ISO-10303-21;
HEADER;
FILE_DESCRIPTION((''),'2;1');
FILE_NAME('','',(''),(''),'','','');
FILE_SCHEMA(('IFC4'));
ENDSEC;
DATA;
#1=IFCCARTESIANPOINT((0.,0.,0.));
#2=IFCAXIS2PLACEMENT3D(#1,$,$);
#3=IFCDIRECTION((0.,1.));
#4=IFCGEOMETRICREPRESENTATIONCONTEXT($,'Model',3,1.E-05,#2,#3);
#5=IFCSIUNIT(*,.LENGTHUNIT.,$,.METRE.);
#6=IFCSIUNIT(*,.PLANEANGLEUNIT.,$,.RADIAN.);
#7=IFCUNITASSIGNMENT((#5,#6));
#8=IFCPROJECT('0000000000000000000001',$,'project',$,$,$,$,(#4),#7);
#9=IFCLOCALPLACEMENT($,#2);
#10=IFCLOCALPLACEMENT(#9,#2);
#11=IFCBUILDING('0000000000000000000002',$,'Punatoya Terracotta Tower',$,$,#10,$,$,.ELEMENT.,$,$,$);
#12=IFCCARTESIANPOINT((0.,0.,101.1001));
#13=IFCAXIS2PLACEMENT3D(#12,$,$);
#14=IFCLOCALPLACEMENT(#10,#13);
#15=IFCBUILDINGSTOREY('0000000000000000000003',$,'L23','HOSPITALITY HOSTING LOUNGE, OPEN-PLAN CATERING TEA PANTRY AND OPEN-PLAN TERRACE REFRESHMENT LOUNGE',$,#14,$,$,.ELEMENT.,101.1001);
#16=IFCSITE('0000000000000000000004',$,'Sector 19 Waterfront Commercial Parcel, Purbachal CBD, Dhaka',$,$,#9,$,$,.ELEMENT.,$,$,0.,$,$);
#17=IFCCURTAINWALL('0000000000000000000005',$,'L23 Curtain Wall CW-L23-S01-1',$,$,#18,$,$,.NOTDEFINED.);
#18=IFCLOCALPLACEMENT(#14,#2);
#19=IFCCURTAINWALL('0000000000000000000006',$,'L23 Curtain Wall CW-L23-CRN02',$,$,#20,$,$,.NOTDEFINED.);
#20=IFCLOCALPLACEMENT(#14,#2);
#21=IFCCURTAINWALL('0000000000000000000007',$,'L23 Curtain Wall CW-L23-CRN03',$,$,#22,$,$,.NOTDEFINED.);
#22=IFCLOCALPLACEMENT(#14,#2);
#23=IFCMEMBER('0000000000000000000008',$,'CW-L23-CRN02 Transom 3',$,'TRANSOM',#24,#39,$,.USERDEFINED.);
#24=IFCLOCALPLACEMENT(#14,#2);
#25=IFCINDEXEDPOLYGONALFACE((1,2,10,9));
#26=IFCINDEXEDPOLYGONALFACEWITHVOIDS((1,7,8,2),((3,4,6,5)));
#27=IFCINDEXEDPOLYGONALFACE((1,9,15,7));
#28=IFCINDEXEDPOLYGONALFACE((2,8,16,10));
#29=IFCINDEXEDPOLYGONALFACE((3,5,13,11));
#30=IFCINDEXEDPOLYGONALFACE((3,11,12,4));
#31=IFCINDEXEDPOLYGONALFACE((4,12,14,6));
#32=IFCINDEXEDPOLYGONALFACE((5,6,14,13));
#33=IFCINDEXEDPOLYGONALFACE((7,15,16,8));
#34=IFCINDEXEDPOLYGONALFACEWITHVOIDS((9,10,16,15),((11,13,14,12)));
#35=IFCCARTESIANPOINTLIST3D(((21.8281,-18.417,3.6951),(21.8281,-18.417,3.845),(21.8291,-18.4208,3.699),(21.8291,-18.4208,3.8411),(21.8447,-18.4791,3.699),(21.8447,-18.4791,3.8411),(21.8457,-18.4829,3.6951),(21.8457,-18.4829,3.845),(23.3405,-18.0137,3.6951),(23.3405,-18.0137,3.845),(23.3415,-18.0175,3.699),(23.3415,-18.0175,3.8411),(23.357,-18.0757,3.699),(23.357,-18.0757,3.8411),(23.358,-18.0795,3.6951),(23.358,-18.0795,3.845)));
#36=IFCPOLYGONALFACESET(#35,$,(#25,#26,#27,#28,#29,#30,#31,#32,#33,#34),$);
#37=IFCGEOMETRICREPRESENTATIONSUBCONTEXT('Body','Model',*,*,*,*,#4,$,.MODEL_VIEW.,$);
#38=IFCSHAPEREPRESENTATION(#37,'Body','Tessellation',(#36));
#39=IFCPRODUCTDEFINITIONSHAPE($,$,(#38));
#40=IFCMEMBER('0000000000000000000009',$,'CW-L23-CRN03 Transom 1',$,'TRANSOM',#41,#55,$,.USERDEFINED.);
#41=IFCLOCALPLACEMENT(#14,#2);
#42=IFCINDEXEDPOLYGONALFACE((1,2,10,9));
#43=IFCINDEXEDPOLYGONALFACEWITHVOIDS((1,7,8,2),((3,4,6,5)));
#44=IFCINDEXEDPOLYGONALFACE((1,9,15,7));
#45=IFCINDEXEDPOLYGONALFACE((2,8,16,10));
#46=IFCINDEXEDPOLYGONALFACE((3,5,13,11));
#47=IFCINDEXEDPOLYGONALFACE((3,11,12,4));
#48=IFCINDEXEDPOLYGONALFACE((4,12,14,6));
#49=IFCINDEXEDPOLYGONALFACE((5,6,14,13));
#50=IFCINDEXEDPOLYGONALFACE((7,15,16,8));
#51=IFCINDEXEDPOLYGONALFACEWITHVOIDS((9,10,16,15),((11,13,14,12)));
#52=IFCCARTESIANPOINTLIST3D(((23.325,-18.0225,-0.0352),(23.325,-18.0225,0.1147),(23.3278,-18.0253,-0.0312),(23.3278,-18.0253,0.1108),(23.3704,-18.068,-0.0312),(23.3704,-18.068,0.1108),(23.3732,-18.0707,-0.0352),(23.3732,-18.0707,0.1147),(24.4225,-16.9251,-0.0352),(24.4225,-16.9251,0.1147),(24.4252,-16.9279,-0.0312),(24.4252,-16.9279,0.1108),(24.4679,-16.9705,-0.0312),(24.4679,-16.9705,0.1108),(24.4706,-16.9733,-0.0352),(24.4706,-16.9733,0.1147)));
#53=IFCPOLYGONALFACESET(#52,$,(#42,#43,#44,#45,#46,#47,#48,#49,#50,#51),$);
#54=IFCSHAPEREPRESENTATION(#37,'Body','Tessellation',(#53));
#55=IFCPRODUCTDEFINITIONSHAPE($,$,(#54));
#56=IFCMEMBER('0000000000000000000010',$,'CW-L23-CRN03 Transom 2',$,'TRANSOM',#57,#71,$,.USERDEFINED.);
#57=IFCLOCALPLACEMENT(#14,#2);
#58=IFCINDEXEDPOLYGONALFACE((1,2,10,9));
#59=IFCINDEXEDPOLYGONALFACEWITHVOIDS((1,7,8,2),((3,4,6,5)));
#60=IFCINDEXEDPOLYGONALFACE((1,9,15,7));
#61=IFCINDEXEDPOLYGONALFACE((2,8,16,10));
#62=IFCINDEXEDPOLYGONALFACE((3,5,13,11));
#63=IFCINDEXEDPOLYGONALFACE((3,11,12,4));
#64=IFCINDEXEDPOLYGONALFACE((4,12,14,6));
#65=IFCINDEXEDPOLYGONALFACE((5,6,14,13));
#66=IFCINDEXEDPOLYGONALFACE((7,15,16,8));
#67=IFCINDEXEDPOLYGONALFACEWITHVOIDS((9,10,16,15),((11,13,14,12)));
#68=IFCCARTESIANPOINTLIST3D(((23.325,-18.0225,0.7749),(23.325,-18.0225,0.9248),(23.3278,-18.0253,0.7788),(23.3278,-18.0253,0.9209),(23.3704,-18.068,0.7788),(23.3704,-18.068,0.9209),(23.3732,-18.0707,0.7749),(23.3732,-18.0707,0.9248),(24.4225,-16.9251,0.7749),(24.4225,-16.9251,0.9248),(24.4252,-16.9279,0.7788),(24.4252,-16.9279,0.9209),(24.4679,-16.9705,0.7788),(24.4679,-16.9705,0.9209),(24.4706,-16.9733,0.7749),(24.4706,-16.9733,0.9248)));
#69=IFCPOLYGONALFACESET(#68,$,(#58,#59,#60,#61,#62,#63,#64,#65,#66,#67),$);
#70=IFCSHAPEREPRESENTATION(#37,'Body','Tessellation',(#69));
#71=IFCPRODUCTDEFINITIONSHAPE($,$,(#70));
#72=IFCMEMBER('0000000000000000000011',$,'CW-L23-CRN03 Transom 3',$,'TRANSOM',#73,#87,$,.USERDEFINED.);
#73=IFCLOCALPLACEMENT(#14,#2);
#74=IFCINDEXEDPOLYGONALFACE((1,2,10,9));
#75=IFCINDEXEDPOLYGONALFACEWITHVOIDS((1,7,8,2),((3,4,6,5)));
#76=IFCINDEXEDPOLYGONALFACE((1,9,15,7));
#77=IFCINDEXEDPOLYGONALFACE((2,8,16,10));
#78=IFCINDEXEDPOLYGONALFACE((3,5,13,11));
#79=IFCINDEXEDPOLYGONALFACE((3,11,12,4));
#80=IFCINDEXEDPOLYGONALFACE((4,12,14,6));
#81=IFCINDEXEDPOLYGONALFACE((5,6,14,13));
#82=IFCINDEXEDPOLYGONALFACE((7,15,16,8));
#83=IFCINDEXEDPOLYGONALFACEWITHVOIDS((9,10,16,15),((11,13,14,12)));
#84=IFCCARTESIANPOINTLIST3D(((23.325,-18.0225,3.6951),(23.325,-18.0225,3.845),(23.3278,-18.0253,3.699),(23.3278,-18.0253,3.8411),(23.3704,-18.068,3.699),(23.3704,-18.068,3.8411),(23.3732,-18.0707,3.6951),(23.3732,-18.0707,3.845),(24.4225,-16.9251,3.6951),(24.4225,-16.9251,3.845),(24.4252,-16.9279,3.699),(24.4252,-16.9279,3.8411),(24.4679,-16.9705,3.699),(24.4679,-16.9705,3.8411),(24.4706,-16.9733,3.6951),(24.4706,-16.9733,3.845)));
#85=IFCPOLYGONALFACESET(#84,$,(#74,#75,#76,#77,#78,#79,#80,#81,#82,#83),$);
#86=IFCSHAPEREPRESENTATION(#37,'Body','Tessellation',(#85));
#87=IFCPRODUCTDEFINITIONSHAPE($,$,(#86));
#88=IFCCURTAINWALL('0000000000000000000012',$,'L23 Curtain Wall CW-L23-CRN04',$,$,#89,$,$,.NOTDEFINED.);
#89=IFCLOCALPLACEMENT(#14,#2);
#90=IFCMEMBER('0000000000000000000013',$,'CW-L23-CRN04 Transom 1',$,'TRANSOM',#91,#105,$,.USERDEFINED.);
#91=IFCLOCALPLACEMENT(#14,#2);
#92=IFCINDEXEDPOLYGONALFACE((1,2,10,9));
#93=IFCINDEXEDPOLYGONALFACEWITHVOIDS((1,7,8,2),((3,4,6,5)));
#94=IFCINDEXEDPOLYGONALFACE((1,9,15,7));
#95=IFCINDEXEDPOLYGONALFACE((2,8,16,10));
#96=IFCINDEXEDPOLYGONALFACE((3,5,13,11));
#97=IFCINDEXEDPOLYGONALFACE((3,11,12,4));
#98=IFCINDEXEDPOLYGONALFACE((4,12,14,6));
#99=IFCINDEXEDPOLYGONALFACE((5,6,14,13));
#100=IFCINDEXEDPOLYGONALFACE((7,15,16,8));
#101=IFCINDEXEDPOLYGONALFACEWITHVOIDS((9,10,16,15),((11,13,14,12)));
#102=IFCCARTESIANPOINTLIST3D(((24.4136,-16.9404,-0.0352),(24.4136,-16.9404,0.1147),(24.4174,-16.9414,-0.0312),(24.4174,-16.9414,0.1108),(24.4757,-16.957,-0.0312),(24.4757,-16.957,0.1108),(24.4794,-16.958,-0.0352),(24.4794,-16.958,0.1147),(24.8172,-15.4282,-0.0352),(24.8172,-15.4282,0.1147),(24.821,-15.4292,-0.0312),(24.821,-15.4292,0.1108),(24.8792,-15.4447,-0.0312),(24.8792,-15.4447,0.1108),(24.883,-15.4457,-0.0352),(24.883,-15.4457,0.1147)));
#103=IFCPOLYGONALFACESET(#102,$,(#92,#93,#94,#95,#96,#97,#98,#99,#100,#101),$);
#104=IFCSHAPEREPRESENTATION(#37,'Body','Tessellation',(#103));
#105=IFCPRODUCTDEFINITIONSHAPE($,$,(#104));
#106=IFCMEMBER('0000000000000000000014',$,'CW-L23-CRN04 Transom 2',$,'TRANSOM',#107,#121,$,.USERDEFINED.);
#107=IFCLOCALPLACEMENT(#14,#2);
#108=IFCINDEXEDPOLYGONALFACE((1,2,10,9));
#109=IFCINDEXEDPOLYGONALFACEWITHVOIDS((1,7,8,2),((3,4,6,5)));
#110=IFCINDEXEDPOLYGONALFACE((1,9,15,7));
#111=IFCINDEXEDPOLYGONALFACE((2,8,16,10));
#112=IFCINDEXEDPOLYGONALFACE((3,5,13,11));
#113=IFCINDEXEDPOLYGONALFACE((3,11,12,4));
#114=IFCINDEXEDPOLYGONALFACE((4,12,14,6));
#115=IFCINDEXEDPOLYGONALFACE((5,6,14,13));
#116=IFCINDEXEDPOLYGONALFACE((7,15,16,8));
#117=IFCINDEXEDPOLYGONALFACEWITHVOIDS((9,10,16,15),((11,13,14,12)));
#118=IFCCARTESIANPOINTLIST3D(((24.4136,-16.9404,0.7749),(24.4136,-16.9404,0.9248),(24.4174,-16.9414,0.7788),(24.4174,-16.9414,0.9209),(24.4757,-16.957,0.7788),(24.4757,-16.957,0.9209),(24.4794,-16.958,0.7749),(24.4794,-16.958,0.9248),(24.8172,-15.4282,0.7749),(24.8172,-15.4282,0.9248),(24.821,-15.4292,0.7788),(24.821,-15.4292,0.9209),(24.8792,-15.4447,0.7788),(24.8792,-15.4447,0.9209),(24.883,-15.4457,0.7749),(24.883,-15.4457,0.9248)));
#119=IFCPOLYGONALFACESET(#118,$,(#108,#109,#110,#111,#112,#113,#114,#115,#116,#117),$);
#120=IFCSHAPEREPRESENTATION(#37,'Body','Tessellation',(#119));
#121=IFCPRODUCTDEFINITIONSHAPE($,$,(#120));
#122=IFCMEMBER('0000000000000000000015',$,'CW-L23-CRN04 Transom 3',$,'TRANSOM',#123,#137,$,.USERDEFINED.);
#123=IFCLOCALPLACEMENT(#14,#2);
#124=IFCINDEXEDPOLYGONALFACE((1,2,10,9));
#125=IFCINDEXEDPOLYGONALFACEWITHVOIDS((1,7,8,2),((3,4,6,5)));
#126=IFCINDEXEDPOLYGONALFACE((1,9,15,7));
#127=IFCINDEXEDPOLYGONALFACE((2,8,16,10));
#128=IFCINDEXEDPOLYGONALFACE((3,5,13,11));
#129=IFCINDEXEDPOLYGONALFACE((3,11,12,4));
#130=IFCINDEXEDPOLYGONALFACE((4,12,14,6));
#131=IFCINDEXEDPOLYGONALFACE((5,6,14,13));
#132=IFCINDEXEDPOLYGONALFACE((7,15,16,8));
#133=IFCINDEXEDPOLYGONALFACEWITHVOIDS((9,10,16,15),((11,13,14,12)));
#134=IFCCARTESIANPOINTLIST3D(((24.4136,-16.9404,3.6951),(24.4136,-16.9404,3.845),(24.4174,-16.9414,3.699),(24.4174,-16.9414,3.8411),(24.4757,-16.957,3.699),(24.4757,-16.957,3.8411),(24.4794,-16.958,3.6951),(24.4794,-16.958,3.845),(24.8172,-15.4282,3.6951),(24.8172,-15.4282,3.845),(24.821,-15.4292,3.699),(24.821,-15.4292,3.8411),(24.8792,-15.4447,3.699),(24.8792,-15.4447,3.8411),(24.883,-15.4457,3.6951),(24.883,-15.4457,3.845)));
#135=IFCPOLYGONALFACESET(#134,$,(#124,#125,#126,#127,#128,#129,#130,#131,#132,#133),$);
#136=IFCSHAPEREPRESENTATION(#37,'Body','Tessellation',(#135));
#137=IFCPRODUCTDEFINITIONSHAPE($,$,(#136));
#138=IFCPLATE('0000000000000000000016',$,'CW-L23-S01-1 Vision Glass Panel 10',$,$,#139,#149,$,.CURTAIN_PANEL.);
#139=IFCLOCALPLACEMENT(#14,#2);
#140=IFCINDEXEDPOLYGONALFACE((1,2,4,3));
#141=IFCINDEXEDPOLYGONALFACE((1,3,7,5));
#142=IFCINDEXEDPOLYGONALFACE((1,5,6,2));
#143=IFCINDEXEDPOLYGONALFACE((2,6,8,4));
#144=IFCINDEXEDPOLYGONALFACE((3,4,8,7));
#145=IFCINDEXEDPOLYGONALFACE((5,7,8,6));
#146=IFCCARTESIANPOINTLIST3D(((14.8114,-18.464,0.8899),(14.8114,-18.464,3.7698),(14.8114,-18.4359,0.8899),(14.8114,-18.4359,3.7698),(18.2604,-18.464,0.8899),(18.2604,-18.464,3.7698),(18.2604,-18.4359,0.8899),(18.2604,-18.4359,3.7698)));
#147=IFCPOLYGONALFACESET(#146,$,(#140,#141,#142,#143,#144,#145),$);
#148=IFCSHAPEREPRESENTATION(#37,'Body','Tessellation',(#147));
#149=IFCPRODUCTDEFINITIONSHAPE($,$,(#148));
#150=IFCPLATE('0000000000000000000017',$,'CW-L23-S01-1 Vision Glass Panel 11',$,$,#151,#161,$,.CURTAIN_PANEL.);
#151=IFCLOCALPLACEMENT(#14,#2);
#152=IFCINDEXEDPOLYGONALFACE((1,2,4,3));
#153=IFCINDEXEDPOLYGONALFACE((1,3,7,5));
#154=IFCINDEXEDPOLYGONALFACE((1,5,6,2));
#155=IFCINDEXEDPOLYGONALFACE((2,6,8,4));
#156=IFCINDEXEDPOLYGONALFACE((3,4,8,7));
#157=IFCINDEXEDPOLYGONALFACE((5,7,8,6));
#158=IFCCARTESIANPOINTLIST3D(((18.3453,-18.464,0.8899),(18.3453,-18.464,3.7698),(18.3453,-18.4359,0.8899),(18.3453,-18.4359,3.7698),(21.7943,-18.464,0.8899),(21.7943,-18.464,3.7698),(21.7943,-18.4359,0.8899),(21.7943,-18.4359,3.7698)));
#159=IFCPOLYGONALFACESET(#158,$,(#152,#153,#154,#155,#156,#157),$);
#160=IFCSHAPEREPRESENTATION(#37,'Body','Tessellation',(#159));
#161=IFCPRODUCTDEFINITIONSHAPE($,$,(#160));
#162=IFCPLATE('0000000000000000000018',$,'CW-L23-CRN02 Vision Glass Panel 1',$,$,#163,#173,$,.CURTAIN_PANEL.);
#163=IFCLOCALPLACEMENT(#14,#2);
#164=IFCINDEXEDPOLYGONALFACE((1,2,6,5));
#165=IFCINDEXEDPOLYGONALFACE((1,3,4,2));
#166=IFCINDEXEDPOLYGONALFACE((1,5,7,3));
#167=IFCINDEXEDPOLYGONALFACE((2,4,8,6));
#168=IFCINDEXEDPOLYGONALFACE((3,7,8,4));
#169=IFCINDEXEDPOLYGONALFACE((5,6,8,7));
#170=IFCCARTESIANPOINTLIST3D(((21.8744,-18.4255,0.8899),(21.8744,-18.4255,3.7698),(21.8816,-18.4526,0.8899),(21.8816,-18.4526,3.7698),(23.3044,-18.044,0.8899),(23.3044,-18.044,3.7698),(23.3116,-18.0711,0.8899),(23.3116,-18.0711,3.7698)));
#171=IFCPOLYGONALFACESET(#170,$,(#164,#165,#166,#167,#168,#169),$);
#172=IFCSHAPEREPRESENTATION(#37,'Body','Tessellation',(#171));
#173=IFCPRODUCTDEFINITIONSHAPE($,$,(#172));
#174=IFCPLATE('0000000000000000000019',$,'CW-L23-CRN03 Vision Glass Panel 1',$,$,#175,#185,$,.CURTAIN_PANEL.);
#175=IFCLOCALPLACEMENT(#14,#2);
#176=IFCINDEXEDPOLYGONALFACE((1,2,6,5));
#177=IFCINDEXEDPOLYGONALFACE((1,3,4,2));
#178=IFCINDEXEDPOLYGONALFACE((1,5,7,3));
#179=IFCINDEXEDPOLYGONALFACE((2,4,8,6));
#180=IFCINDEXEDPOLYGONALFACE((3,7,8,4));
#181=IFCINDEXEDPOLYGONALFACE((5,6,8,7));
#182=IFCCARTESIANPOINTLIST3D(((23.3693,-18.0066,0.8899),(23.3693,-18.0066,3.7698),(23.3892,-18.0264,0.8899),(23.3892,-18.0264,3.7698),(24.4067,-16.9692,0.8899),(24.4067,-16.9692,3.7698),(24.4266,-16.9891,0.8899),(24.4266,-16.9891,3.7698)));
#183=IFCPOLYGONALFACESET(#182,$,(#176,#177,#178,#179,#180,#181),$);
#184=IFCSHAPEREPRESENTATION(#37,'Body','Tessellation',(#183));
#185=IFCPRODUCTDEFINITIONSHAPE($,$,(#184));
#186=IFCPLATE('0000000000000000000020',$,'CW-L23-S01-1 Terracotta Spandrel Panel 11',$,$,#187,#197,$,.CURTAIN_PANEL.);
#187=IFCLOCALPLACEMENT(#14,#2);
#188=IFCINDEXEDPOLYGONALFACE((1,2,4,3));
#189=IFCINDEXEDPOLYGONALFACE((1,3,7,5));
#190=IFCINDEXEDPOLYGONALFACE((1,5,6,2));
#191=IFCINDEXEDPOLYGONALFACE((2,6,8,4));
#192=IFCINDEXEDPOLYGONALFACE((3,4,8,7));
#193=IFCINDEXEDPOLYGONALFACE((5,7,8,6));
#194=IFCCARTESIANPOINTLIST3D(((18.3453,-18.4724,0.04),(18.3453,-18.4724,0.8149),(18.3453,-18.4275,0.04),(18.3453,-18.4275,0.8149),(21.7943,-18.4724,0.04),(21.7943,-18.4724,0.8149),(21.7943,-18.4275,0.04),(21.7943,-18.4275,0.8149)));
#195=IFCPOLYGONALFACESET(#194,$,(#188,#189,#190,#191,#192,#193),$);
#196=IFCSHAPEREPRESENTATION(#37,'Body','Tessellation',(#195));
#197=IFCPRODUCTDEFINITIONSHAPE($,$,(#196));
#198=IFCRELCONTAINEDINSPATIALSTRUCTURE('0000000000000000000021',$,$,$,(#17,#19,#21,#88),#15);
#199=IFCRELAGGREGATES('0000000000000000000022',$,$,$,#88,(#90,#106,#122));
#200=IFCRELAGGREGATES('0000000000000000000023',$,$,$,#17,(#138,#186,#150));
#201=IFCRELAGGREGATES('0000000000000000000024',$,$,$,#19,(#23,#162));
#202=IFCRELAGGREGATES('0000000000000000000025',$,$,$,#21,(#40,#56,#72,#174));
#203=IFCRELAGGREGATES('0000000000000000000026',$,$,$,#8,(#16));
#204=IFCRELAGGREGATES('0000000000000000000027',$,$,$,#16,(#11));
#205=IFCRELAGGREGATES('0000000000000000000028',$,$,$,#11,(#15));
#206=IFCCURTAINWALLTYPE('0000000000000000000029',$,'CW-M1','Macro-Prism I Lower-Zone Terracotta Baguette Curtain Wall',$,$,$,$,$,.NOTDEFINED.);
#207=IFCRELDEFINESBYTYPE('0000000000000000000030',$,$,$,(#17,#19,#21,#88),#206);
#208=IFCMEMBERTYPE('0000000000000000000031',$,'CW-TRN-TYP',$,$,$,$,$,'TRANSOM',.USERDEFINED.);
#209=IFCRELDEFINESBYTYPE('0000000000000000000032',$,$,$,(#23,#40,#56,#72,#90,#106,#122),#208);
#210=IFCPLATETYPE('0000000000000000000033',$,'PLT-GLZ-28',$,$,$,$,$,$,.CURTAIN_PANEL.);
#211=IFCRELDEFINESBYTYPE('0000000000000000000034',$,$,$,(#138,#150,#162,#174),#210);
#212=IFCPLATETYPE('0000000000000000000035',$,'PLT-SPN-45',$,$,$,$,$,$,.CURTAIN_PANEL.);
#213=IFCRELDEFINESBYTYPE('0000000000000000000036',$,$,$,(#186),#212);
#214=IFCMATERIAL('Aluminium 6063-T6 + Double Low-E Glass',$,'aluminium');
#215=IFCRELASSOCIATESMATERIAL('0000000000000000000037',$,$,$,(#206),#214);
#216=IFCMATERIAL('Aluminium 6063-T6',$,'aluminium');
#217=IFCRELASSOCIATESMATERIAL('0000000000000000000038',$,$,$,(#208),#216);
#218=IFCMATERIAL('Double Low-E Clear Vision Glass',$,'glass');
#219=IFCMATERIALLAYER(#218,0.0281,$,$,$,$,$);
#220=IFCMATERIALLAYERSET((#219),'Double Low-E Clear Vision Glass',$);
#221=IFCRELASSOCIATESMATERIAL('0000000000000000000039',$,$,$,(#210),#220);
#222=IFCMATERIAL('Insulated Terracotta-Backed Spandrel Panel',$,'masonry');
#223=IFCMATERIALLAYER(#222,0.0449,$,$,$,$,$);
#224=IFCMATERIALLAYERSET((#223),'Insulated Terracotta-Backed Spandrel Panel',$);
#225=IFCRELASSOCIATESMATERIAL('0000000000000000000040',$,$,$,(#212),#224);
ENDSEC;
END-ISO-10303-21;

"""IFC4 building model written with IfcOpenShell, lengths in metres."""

from ifc_helpers import new_model, si_unit, direction, frame, origin, origin_2d, place, context, subcontext, project, spatial, rectangle, hollow_rectangle, extrude, material, layer, layer_set, material_profile, profile_set, type_object, element, aggregate, save


model = new_model("IFC4")

# Units and contexts
model_context = context("Model", 3, precision=1e-05, world=origin(), true_north=direction((0.0, 1.0)))
body_context = subcontext(model_context, "Body", "Model", "MODEL_VIEW")
ifc_project = project(units=[si_unit("LENGTHUNIT", "METRE"), si_unit("PLANEANGLEUNIT", "RADIAN")], contexts=[model_context])

# Site, building, storey
site_placement = place(None, origin())
site = spatial("IfcSite", under=ifc_project, at=site_placement, Name="Sector 19 Waterfront Commercial Parcel, Purbachal CBD, Dhaka", CompositionType="ELEMENT", RefElevation=0.0)
building_placement = place(site_placement, origin())
building = spatial("IfcBuilding", under=site, at=building_placement, Name="Punatoya Terracotta Tower", CompositionType="ELEMENT")
storey_placement = place(building_placement, frame((0.0, 0.0, 101.1001)))
storey = spatial("IfcBuildingStorey", under=building, at=storey_placement, Name="L23", Description="HOSPITALITY HOSTING LOUNGE, OPEN-PLAN CATERING TEA PANTRY AND OPEN-PLAN TERRACE REFRESHMENT LOUNGE", CompositionType="ELEMENT", Elevation=101.1001)

# Curtain walls
ifc_material_1 = material(Name="Aluminium 6063-T6 + Double Low-E Glass", Category="aluminium")
curtain_wall_type = type_object("IfcCurtainWallType", Name="CW-M1", Description="Macro-Prism I Lower-Zone Terracotta Baguette Curtain Wall", PredefinedType="NOTDEFINED", material=ifc_material_1)
curtain_wall_1_placement = place(storey_placement, origin())
curtain_wall_1 = element("IfcCurtainWall", 1, at=curtain_wall_1_placement, inside=storey, type_object=curtain_wall_type, Name="L23 Curtain Wall CW-L23-S01-1", PredefinedType="NOTDEFINED")
ifc_material_2 = material(Name="Aluminium 6063-T6", Category="aluminium")
curtain_wall_2_placement = place(storey_placement, origin())
curtain_wall_2 = element("IfcCurtainWall", 2, at=curtain_wall_2_placement, inside=storey, type_object=curtain_wall_type, Name="L23 Curtain Wall CW-L23-CRN02", PredefinedType="NOTDEFINED")
curtain_wall_3_placement = place(storey_placement, origin())
curtain_wall_3 = element("IfcCurtainWall", 3, at=curtain_wall_3_placement, inside=storey, type_object=curtain_wall_type, Name="L23 Curtain Wall CW-L23-CRN03", PredefinedType="NOTDEFINED")

# Members
ifc_material_profile_1 = material_profile(ifc_material_2, hollow_rectangle(XDim=0.0681, YDim=0.1499, WallThickness=0.0039, at=origin_2d()))
ifc_profile_set_1 = profile_set([ifc_material_profile_1], Name="Aluminium 6063-T6")
member_type_1 = type_object("IfcMemberType", Name="CW-TRN-TYP", ElementType="TRANSOM", PredefinedType="USERDEFINED", material=ifc_profile_set_1)
member_1_placement = place(storey_placement, frame((21.8369, -18.45, 3.77), z_axis=(0.966225, 0.257701, 0.0), x_axis=(-0.257701, 0.966225, 0.0)))
member_1 = element("IfcMember", 4, at=member_1_placement, type_object=member_type_1, Name="CW-L23-CRN02 Transom 3", ObjectType="TRANSOM", PredefinedType="USERDEFINED", context=body_context, shape_type="SweptSolid", body=[
    extrude(hollow_rectangle(XDim=0.0681, YDim=0.1499, WallThickness=0.0039, at=origin_2d()), origin(), (0.0, 0.0, 1.0), 1.5652),
])
member_2_placement = place(storey_placement, frame((23.3491, -18.0466, 0.0398), z_axis=(0.707107, 0.707107, 0.0), x_axis=(-0.707107, 0.707107, 0.0)))
member_2 = element("IfcMember", 5, at=member_2_placement, type_object=member_type_1, Name="CW-L23-CRN03 Transom 1", ObjectType="TRANSOM", PredefinedType="USERDEFINED", context=body_context, shape_type="SweptSolid", body=[
    extrude(hollow_rectangle(XDim=0.0681, YDim=0.1499, WallThickness=0.0039, at=origin_2d()), origin(), (0.0, 0.0, 1.0), 1.552),
])
member_3_placement = place(storey_placement, frame((23.3491, -18.0466, 0.8499), z_axis=(0.707107, 0.707107, 0.0), x_axis=(-0.707107, 0.707107, 0.0)))
member_3 = element("IfcMember", 6, at=member_3_placement, type_object=member_type_1, Name="CW-L23-CRN03 Transom 2", ObjectType="TRANSOM", PredefinedType="USERDEFINED", context=body_context, shape_type="SweptSolid", body=[
    extrude(hollow_rectangle(XDim=0.0681, YDim=0.1499, WallThickness=0.0039, at=origin_2d()), origin(), (0.0, 0.0, 1.0), 1.552),
])
member_4_placement = place(storey_placement, frame((23.3491, -18.0466, 3.77), z_axis=(0.707107, 0.707107, 0.0), x_axis=(-0.707107, 0.707107, 0.0)))
member_4 = element("IfcMember", 7, at=member_4_placement, type_object=member_type_1, Name="CW-L23-CRN03 Transom 3", ObjectType="TRANSOM", PredefinedType="USERDEFINED", context=body_context, shape_type="SweptSolid", body=[
    extrude(hollow_rectangle(XDim=0.0681, YDim=0.1499, WallThickness=0.0039, at=origin_2d()), origin(), (0.0, 0.0, 1.0), 1.552),
])

# Curtain wall, members
curtain_wall_4_placement = place(storey_placement, origin())
curtain_wall_4 = element("IfcCurtainWall", 8, at=curtain_wall_4_placement, inside=storey, type_object=curtain_wall_type, Name="L23 Curtain Wall CW-L23-CRN04", PredefinedType="NOTDEFINED")
member_5_placement = place(storey_placement, frame((24.4465, -16.9492, 0.0398), z_axis=(0.257847, 0.966186, 0.0), x_axis=(-0.966186, 0.257847, 0.0)))
member_5 = element("IfcMember", 9, at=member_5_placement, type_object=member_type_1, Name="CW-L23-CRN04 Transom 1", ObjectType="TRANSOM", PredefinedType="USERDEFINED", context=body_context, shape_type="SweptSolid", body=[
    extrude(hollow_rectangle(XDim=0.0681, YDim=0.1499, WallThickness=0.0039, at=origin_2d()), origin(), (0.0, 0.0, 1.0), 1.5652),
])
member_6_placement = place(storey_placement, frame((24.4465, -16.9492, 0.8499), z_axis=(0.257847, 0.966186, 0.0), x_axis=(-0.966186, 0.257847, 0.0)))
member_6 = element("IfcMember", 10, at=member_6_placement, type_object=member_type_1, Name="CW-L23-CRN04 Transom 2", ObjectType="TRANSOM", PredefinedType="USERDEFINED", context=body_context, shape_type="SweptSolid", body=[
    extrude(hollow_rectangle(XDim=0.0681, YDim=0.1499, WallThickness=0.0039, at=origin_2d()), origin(), (0.0, 0.0, 1.0), 1.5652),
])
member_7_placement = place(storey_placement, frame((24.4465, -16.9492, 3.77), z_axis=(0.257847, 0.966186, 0.0), x_axis=(-0.966186, 0.257847, 0.0)))
member_7 = element("IfcMember", 11, at=member_7_placement, type_object=member_type_1, Name="CW-L23-CRN04 Transom 3", ObjectType="TRANSOM", PredefinedType="USERDEFINED", context=body_context, shape_type="SweptSolid", body=[
    extrude(hollow_rectangle(XDim=0.0681, YDim=0.1499, WallThickness=0.0039, at=origin_2d()), origin(), (0.0, 0.0, 1.0), 1.5652),
])
aggregate(curtain_wall_4, [member_5, member_6, member_7])

# Plates
ifc_material_3 = material(Name="Double Low-E Clear Vision Glass", Category="glass")
ifc_layer_1 = layer(ifc_material_3, 0.0281)
ifc_layer_set_1 = layer_set([ifc_layer_1], Name="Double Low-E Clear Vision Glass")
plate_type_1 = type_object("IfcPlateType", Name="PLT-GLZ-28", PredefinedType="CURTAIN_PANEL", material=ifc_layer_set_1)
plate_1_placement = place(storey_placement, frame((16.5359, -18.45, 0.8899), z_axis=(0.0, 0.0, 1.0), x_axis=(1.0, 0.0, 0.0)))
plate_1 = element("IfcPlate", 12, at=plate_1_placement, type_object=plate_type_1, Name="CW-L23-S01-1 Vision Glass Panel 10", PredefinedType="CURTAIN_PANEL", context=body_context, shape_type="SweptSolid", body=[
    extrude(rectangle(XDim=3.449, YDim=0.0281, at=origin_2d()), origin(), (0.0, 0.0, 1.0), 2.8799),
])
plate_2_placement = place(storey_placement, frame((20.0698, -18.45, 0.8899), z_axis=(0.0, 0.0, 1.0), x_axis=(1.0, 0.0, 0.0)))
plate_2 = element("IfcPlate", 13, at=plate_2_placement, type_object=plate_type_1, Name="CW-L23-S01-1 Vision Glass Panel 11", PredefinedType="CURTAIN_PANEL", context=body_context, shape_type="SweptSolid", body=[
    extrude(rectangle(XDim=3.449, YDim=0.0281, at=origin_2d()), origin(), (0.0, 0.0, 1.0), 2.8799),
])
plate_3_placement = place(storey_placement, frame((22.593, -18.2483, 0.8899), z_axis=(0.0, 0.0, 1.0), x_axis=(0.966214, 0.257742, 0.0)))
plate_3 = element("IfcPlate", 14, at=plate_3_placement, type_object=plate_type_1, Name="CW-L23-CRN02 Vision Glass Panel 1", PredefinedType="CURTAIN_PANEL", context=body_context, shape_type="SweptSolid", body=[
    extrude(rectangle(XDim=1.48, YDim=0.0281, at=origin_2d()), origin(), (0.0, 0.0, 1.0), 2.8799),
])
plate_4_placement = place(storey_placement, frame((23.8979, -17.4978, 0.8899), z_axis=(0.0, 0.0, 1.0), x_axis=(0.707107, 0.707107, 0.0)))
plate_4 = element("IfcPlate", 15, at=plate_4_placement, type_object=plate_type_1, Name="CW-L23-CRN03 Vision Glass Panel 1", PredefinedType="CURTAIN_PANEL", context=body_context, shape_type="SweptSolid", body=[
    extrude(rectangle(XDim=1.467, YDim=0.0281, at=origin_2d()), origin(), (0.0, 0.0, 1.0), 2.8799),
])
ifc_material_4 = material(Name="Insulated Terracotta-Backed Spandrel Panel", Category="masonry")
ifc_layer_2 = layer(ifc_material_4, 0.0449)
ifc_layer_set_2 = layer_set([ifc_layer_2], Name="Insulated Terracotta-Backed Spandrel Panel")
plate_type_2 = type_object("IfcPlateType", Name="PLT-SPN-45", PredefinedType="CURTAIN_PANEL", material=ifc_layer_set_2)
plate_5_placement = place(storey_placement, frame((20.0698, -18.45, 0.04), z_axis=(0.0, 0.0, 1.0), x_axis=(1.0, 0.0, 0.0)))
plate_5 = element("IfcPlate", 16, at=plate_5_placement, type_object=plate_type_2, Name="CW-L23-S01-1 Terracotta Spandrel Panel 11", PredefinedType="CURTAIN_PANEL", context=body_context, shape_type="SweptSolid", body=[
    extrude(rectangle(XDim=3.449, YDim=0.0449, at=origin_2d()), origin(), (0.0, 0.0, 1.0), 0.7749),
])
aggregate(curtain_wall_1, [plate_1, plate_5, plate_2])
aggregate(curtain_wall_2, [member_1, plate_3])
aggregate(curtain_wall_3, [member_2, member_3, member_4, plate_4])

save(model, "model.ifc")
